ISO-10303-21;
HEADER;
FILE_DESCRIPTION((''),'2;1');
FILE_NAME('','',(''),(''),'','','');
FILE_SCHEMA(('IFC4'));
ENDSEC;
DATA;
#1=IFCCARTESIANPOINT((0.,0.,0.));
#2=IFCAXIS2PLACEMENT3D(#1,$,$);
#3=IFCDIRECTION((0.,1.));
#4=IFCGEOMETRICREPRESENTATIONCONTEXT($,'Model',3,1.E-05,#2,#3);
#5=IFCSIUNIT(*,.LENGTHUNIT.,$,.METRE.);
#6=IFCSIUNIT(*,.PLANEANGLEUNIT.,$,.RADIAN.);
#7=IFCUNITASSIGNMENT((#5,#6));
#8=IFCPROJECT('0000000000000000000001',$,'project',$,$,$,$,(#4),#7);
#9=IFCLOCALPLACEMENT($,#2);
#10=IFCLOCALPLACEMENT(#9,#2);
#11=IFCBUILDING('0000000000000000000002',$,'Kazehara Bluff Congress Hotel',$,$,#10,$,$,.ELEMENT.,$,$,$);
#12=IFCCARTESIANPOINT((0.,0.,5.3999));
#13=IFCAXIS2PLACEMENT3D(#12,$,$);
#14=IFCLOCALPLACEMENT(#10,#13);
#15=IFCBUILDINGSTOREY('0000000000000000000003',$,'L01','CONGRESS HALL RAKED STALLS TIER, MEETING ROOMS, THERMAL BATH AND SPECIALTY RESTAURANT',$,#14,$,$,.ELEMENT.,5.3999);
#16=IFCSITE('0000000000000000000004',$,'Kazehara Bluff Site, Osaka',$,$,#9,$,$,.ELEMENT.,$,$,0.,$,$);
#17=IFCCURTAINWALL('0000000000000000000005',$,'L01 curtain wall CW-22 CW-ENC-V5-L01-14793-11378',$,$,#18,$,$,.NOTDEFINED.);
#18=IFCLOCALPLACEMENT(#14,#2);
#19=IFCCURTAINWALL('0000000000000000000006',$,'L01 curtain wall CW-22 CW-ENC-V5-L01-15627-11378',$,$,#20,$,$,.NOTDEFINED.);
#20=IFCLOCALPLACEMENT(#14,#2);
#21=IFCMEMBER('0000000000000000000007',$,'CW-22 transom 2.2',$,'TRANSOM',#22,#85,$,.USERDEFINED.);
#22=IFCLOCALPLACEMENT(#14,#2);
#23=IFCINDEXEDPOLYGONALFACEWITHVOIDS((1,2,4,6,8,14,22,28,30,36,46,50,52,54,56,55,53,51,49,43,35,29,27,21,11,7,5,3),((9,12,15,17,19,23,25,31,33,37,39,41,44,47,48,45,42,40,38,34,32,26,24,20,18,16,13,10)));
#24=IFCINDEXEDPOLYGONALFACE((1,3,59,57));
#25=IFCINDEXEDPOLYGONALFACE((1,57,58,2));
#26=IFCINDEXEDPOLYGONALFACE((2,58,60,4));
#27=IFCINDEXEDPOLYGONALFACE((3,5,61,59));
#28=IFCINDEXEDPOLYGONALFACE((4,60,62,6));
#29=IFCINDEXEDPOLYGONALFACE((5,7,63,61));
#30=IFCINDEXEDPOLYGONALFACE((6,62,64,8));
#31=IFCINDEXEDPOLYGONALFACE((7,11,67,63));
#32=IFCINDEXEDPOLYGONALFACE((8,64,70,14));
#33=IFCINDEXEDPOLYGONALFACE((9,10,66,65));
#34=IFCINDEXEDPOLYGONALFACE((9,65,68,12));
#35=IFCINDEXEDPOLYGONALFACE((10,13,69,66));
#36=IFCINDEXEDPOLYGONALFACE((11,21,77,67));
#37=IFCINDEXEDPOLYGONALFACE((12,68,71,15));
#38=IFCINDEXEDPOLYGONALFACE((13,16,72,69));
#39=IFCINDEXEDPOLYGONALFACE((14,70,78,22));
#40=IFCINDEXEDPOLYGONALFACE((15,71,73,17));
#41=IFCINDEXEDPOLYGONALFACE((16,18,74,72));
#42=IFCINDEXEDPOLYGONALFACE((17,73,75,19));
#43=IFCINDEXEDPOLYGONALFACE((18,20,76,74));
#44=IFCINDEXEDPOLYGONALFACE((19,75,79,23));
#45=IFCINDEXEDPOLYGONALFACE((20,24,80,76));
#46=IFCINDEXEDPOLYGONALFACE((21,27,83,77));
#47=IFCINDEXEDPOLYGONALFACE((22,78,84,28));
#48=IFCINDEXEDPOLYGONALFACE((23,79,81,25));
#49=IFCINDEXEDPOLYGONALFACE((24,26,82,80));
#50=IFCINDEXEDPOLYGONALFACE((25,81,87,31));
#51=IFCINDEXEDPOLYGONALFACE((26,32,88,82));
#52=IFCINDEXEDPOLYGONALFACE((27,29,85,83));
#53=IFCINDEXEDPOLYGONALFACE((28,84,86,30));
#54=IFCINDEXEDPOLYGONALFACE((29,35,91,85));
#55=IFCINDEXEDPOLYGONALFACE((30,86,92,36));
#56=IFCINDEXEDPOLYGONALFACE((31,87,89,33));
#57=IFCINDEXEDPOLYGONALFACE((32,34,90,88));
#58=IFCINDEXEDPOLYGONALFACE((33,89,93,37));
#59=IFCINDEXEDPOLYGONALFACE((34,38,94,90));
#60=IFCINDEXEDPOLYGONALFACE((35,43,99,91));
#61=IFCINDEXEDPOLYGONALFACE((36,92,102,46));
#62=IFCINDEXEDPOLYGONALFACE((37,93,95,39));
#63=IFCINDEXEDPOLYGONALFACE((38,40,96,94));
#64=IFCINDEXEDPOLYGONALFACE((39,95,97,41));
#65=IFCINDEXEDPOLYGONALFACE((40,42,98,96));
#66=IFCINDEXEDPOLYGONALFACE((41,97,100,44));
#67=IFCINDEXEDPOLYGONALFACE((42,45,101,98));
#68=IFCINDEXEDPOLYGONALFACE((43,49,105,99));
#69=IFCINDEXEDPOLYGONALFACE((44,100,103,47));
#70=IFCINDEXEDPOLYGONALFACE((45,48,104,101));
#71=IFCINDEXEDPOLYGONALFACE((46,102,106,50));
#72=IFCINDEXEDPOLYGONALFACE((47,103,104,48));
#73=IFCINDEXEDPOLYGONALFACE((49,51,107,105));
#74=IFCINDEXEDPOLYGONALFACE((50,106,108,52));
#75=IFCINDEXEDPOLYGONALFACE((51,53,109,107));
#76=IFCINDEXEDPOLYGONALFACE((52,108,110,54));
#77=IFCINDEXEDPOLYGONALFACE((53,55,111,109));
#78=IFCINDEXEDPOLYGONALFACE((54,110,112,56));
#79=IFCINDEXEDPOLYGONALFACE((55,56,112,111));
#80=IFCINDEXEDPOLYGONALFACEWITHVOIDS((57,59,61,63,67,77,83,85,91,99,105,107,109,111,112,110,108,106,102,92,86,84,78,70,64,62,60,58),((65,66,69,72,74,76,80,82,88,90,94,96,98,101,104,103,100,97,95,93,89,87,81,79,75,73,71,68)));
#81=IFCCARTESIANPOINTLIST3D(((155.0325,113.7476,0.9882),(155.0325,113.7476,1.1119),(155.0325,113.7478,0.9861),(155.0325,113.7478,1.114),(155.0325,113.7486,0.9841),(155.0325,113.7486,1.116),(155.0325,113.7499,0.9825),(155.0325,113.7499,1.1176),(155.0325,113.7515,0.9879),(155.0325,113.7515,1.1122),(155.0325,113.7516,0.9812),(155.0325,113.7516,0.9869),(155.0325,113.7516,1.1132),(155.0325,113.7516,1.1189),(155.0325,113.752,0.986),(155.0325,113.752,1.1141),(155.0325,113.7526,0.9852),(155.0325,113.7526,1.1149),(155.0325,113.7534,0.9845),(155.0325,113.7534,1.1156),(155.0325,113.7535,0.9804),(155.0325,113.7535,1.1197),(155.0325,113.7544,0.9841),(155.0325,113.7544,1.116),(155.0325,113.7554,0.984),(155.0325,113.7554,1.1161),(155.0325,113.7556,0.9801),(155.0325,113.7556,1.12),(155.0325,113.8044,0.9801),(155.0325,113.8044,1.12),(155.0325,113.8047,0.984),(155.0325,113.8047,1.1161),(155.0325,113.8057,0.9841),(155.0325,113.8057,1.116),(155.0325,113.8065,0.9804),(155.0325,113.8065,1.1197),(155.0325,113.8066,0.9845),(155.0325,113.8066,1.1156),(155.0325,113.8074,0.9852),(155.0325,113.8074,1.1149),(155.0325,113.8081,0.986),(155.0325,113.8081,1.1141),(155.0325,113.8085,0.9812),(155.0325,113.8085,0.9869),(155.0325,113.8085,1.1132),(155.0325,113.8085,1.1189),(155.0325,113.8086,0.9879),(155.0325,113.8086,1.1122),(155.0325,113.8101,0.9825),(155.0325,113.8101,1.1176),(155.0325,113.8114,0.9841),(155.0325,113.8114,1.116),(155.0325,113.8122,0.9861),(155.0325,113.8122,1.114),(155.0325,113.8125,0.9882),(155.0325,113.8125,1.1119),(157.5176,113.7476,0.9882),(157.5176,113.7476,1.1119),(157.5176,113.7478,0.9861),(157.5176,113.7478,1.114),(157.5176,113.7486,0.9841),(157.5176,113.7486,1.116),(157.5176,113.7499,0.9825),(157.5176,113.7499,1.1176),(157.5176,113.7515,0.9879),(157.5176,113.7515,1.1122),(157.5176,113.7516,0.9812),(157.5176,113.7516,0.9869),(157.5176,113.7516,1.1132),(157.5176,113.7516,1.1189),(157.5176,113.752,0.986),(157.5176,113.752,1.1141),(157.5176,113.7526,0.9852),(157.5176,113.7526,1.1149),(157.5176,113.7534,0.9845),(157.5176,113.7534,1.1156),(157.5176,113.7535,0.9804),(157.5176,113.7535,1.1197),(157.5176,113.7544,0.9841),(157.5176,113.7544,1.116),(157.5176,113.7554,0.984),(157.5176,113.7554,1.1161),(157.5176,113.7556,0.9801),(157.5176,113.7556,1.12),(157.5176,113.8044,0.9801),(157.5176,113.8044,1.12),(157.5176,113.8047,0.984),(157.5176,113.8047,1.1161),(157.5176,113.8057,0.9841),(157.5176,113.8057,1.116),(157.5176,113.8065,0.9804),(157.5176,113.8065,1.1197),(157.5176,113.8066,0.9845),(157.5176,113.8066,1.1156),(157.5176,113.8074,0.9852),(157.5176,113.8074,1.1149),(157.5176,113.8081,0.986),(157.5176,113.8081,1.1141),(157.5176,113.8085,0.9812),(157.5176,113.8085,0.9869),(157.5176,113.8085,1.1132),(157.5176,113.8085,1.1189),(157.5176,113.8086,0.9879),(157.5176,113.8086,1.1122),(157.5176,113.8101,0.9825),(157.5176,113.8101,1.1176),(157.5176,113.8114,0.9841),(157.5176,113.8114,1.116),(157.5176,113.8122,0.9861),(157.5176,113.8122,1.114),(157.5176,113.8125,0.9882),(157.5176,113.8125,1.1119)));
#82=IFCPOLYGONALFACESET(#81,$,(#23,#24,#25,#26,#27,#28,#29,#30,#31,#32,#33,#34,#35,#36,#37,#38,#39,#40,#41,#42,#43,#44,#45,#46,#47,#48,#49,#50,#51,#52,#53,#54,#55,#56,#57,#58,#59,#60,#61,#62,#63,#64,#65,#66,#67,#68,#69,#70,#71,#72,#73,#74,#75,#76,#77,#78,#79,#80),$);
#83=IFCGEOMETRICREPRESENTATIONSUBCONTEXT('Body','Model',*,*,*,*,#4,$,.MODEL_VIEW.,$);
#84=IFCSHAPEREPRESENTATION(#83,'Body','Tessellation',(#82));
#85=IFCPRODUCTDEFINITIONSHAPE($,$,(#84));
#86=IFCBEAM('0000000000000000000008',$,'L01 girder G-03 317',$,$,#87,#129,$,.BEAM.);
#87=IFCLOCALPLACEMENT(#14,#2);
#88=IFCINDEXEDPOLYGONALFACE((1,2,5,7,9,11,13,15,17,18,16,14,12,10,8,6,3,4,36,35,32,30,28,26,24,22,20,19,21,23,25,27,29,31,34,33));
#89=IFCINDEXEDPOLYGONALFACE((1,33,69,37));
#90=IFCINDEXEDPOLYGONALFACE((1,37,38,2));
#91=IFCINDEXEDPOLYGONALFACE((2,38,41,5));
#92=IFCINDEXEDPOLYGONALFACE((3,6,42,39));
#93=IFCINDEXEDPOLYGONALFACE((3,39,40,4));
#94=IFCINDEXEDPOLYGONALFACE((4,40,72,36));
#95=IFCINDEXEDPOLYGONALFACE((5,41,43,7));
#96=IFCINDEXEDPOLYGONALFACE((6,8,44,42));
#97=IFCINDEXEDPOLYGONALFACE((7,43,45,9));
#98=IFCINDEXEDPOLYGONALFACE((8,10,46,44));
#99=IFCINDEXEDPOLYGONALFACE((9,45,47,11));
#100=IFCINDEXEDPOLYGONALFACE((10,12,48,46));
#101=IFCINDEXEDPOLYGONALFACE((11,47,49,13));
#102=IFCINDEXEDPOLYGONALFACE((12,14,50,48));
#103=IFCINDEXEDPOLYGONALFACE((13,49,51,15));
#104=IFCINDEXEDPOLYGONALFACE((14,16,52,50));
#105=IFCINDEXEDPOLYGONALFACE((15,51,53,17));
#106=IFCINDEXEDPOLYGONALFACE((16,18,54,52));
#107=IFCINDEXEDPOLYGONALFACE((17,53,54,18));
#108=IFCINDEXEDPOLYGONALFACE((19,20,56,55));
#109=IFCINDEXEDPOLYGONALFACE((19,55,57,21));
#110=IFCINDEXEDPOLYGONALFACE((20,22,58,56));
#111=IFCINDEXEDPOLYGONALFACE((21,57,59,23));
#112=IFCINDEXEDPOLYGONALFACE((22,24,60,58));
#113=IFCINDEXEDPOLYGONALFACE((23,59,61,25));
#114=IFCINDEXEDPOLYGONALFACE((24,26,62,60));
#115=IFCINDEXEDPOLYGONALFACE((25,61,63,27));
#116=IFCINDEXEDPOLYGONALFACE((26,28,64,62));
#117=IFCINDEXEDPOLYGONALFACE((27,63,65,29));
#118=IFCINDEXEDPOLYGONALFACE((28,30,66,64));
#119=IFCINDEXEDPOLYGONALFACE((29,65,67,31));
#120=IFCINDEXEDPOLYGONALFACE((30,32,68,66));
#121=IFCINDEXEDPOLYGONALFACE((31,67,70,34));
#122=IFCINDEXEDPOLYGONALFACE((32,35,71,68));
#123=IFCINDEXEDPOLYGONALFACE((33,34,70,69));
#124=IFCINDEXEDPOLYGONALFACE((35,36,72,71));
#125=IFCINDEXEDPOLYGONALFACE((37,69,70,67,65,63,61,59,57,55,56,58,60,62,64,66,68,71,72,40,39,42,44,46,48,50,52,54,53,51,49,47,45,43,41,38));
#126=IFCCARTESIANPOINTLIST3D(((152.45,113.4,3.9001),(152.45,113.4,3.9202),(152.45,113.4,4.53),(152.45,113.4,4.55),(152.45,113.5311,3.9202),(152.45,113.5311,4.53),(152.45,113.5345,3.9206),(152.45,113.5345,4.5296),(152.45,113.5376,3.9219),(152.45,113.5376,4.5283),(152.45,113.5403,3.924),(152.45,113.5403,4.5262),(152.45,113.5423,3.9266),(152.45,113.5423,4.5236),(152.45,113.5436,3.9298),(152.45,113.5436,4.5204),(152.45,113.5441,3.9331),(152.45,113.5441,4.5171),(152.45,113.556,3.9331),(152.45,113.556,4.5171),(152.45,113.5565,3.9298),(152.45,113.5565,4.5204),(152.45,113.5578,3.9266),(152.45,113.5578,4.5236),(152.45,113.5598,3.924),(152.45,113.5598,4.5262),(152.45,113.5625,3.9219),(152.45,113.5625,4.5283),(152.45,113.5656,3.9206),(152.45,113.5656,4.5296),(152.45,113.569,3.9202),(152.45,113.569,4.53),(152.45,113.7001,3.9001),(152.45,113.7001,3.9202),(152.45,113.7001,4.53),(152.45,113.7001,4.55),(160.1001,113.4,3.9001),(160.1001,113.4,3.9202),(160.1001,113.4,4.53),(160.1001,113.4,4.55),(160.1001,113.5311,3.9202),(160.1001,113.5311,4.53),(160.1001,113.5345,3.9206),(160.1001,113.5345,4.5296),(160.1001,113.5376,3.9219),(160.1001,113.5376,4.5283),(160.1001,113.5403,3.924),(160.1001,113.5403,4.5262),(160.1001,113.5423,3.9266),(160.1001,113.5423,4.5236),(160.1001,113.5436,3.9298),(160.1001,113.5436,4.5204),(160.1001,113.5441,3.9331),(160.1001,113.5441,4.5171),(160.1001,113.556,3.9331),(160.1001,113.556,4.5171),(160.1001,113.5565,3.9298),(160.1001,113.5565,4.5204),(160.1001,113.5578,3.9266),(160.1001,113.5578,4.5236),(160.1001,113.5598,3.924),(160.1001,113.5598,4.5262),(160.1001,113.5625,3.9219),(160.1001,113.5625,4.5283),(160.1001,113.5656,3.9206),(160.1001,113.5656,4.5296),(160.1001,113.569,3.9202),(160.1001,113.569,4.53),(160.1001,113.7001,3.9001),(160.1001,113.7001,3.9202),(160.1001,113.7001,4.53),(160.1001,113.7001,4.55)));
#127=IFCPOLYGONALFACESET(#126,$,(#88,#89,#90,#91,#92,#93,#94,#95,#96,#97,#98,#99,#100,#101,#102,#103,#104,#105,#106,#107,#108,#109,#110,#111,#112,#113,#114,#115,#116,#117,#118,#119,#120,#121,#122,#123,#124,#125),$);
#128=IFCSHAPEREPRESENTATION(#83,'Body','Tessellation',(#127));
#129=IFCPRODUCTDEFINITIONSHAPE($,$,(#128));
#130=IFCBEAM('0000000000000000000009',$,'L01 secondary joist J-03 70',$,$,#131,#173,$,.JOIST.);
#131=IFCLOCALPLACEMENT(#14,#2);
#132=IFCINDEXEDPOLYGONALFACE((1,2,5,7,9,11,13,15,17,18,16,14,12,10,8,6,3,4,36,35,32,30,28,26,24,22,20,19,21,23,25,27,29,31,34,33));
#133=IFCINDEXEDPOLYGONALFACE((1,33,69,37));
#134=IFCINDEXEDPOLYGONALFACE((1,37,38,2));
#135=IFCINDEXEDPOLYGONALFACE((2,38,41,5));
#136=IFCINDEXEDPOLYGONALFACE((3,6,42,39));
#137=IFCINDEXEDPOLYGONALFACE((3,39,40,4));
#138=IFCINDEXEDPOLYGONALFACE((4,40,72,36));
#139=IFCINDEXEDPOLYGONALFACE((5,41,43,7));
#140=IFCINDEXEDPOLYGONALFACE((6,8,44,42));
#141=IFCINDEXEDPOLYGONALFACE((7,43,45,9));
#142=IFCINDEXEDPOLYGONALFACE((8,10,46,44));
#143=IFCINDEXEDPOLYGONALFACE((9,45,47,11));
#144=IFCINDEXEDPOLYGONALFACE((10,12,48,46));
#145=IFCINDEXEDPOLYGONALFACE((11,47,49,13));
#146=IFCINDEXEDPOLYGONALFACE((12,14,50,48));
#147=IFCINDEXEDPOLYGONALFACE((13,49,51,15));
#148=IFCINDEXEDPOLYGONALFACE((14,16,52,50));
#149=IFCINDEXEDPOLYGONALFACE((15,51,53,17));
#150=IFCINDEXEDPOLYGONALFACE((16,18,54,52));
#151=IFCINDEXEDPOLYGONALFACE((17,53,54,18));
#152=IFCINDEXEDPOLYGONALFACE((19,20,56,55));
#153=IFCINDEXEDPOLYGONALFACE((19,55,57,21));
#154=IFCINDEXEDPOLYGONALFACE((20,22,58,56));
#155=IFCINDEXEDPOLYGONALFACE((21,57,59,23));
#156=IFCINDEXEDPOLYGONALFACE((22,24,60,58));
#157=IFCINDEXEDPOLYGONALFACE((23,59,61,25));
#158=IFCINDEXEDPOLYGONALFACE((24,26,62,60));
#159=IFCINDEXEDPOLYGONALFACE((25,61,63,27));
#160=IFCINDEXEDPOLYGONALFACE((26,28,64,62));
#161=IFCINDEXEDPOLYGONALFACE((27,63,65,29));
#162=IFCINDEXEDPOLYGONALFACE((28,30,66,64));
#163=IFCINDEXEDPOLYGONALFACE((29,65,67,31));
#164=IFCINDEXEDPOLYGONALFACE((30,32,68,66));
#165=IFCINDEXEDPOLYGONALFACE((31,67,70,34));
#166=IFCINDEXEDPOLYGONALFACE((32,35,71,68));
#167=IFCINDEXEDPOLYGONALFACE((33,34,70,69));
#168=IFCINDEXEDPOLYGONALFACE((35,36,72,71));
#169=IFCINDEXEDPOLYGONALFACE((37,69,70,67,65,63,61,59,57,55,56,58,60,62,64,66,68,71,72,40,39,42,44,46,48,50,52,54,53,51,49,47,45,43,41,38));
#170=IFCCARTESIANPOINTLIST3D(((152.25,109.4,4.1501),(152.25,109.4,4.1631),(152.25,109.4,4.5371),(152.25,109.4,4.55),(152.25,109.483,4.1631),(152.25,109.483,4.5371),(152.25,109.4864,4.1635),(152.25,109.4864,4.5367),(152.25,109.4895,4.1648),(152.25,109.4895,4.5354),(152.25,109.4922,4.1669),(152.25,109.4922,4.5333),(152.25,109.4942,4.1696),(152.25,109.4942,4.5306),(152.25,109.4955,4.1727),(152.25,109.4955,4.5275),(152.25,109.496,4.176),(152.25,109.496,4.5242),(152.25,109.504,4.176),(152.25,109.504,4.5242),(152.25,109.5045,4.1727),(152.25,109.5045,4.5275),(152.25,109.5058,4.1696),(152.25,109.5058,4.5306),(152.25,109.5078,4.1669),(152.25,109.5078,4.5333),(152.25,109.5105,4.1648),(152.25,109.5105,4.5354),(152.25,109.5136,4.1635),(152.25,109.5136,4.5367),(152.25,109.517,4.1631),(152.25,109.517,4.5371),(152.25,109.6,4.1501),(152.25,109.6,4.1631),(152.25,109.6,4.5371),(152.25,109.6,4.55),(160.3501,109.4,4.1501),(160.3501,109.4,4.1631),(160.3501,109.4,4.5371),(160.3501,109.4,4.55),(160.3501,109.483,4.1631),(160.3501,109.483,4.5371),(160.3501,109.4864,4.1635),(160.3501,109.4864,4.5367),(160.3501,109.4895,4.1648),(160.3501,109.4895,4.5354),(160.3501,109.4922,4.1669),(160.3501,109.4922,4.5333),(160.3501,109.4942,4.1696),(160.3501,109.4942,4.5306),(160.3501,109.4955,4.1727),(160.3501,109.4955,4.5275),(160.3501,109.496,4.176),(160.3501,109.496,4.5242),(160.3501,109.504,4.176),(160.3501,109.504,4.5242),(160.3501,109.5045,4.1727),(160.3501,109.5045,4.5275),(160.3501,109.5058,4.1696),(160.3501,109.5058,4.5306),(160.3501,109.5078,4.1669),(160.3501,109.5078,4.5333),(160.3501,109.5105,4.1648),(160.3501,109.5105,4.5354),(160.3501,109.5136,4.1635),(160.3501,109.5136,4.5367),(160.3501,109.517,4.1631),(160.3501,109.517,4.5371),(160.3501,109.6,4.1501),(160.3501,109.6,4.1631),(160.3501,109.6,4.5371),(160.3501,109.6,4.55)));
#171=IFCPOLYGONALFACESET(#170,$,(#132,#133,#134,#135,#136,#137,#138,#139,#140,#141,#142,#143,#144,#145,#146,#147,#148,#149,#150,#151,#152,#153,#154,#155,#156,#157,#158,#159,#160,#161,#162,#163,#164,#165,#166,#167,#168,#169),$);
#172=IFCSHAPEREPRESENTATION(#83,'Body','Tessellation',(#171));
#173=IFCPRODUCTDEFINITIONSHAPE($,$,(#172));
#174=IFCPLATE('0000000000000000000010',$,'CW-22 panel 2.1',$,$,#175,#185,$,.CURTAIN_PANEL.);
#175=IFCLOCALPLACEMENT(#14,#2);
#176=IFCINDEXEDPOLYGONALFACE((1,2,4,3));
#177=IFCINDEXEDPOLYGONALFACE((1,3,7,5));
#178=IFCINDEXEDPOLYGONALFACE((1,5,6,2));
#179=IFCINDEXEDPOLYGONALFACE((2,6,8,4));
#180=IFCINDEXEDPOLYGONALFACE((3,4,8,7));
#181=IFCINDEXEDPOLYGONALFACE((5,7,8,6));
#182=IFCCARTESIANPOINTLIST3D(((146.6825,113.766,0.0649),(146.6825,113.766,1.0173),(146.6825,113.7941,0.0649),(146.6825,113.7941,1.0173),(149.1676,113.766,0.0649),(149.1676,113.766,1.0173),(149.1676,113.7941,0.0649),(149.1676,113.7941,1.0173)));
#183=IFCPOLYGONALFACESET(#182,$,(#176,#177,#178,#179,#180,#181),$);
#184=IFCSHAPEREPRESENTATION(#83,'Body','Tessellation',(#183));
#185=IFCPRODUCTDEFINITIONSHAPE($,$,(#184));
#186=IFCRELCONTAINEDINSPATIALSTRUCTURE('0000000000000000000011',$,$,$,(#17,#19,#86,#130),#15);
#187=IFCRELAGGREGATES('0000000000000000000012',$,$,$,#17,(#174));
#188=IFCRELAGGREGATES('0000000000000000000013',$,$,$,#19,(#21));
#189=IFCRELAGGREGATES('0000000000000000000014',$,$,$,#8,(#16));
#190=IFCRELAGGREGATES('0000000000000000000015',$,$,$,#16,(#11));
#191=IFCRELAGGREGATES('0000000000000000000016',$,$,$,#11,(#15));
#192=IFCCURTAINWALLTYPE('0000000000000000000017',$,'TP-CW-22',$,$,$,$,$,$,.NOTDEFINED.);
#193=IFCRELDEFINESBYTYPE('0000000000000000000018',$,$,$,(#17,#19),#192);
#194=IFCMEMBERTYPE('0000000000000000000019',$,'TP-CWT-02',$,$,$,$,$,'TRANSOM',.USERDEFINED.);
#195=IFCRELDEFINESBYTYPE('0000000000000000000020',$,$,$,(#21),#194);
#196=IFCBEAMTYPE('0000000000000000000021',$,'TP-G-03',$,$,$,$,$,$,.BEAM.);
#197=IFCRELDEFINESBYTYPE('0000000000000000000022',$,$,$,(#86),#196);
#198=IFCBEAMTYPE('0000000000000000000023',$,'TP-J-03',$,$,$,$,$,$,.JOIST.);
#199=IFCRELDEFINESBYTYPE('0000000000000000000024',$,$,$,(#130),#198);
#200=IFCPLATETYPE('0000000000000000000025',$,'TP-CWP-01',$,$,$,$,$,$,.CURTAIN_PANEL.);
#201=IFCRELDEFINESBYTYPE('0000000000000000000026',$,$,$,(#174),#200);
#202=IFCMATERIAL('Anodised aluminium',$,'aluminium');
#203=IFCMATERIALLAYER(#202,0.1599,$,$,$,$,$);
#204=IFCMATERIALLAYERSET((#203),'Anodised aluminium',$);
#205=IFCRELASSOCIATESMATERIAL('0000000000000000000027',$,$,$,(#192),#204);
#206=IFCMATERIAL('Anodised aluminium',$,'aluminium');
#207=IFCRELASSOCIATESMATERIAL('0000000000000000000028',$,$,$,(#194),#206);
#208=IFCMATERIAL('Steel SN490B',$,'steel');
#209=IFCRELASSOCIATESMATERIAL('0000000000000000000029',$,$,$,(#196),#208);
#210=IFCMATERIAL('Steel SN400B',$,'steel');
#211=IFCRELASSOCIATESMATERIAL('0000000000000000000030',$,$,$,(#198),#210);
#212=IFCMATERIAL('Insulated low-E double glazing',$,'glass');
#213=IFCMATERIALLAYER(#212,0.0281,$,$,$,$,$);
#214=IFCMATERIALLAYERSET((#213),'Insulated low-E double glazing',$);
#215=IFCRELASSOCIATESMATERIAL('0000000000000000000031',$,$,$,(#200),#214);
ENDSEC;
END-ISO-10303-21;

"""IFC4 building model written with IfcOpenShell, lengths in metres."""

from ifc_helpers import new_model, si_unit, direction, frame, origin, origin_2d, place, context, subcontext, project, spatial, rectangle, hollow_rectangle, i_section, extrude, material, layer, layer_set, material_profile, profile_set, type_object, element, aggregate, save


model = new_model("IFC4")

# Units and contexts
model_context = context("Model", 3, precision=1e-05, world=origin(), true_north=direction((0.0, 1.0)))
body_context = subcontext(model_context, "Body", "Model", "MODEL_VIEW")
ifc_project = project(units=[si_unit("LENGTHUNIT", "METRE"), si_unit("PLANEANGLEUNIT", "RADIAN")], contexts=[model_context])

# Site, building, storey
site_placement = place(None, origin())
site = spatial("IfcSite", under=ifc_project, at=site_placement, Name="Kazehara Bluff Site, Osaka", CompositionType="ELEMENT", RefElevation=0.0)
building_placement = place(site_placement, origin())
building = spatial("IfcBuilding", under=site, at=building_placement, Name="Kazehara Bluff Congress Hotel", CompositionType="ELEMENT")
storey_placement = place(building_placement, frame((0.0, 0.0, 5.3999)))
storey = spatial("IfcBuildingStorey", under=building, at=storey_placement, Name="L01", Description="CONGRESS HALL RAKED STALLS TIER, MEETING ROOMS, THERMAL BATH AND SPECIALTY RESTAURANT", CompositionType="ELEMENT", Elevation=5.3999)

# Curtain walls
ifc_material_1 = material(Name="Anodised aluminium", Category="aluminium")
ifc_layer_1 = layer(ifc_material_1, 0.1599)
ifc_layer_set_1 = layer_set([ifc_layer_1], Name="Anodised aluminium")
curtain_wall_type = type_object("IfcCurtainWallType", Name="TP-CW-22", PredefinedType="NOTDEFINED", material=ifc_layer_set_1)
curtain_wall_1_placement = place(storey_placement, origin())
curtain_wall_1 = element("IfcCurtainWall", 1, at=curtain_wall_1_placement, inside=storey, type_object=curtain_wall_type, Name="L01 curtain wall CW-22 CW-ENC-V5-L01-14793-11378", PredefinedType="NOTDEFINED")
curtain_wall_2_placement = place(storey_placement, origin())
curtain_wall_2 = element("IfcCurtainWall", 2, at=curtain_wall_2_placement, inside=storey, type_object=curtain_wall_type, Name="L01 curtain wall CW-22 CW-ENC-V5-L01-15627-11378", PredefinedType="NOTDEFINED")

# Member
ifc_material_2 = material(Name="Anodised aluminium", Category="aluminium")
ifc_material_profile_1 = material_profile(ifc_material_2, hollow_rectangle(XDim=0.0649, YDim=0.1399, WallThickness=0.0039, InnerFilletRadius=0.0039, OuterFilletRadius=0.0081, at=origin_2d()))
ifc_profile_set_1 = profile_set([ifc_material_profile_1], Name="Anodised aluminium")
member_type_1 = type_object("IfcMemberType", Name="TP-CWT-02", ElementType="TRANSOM", PredefinedType="USERDEFINED", material=ifc_profile_set_1)
member_1_placement = place(storey_placement, frame((155.0325, 113.78, 1.05), z_axis=(1.0, 0.0, 0.0), x_axis=(0.0, 1.0, 0.0)))
member_1 = element("IfcMember", 3, at=member_1_placement, type_object=member_type_1, Name="CW-22 transom 2.2", ObjectType="TRANSOM", PredefinedType="USERDEFINED", context=body_context, shape_type="SweptSolid", body=[
    extrude(hollow_rectangle(XDim=0.0649, YDim=0.1399, WallThickness=0.0039, InnerFilletRadius=0.0039, OuterFilletRadius=0.0081, at=origin_2d()), origin(), (0.0, 0.0, 1.0), 2.4851),
])

# Beams
ifc_material_3 = material(Name="Steel SN490B", Category="steel")
ifc_material_profile_2 = material_profile(ifc_material_3, i_section(OverallWidth=0.3, OverallDepth=0.6499, WebThickness=0.012, FlangeThickness=0.02, FilletRadius=0.0129, at=origin_2d()))
ifc_profile_set_2 = profile_set([ifc_material_profile_2], Name="Steel SN490B")
beam_type_1 = type_object("IfcBeamType", Name="TP-G-03", PredefinedType="BEAM", material=ifc_profile_set_2)
beam_1_placement = place(storey_placement, frame((152.45, 113.55, 4.2251), z_axis=(1.0, 0.0, 0.0), x_axis=(0.0, 1.0, 0.0)))
element("IfcBeam", 4, at=beam_1_placement, inside=storey, type_object=beam_type_1, Name="L01 girder G-03 317", PredefinedType="BEAM", context=body_context, shape_type="SweptSolid", body=[
    extrude(i_section(OverallWidth=0.3, OverallDepth=0.6499, WebThickness=0.012, FlangeThickness=0.02, FilletRadius=0.0129, at=origin_2d()), origin(), (0.0, 0.0, 1.0), 7.6501),
])
ifc_material_4 = material(Name="Steel SN400B", Category="steel")
ifc_material_profile_3 = material_profile(ifc_material_4, i_section(OverallWidth=0.2, OverallDepth=0.3999, WebThickness=0.0081, FlangeThickness=0.0129, FilletRadius=0.0129, at=origin_2d()))
ifc_profile_set_3 = profile_set([ifc_material_profile_3], Name="Steel SN400B")
beam_type_2 = type_object("IfcBeamType", Name="TP-J-03", PredefinedType="JOIST", material=ifc_profile_set_3)
beam_2_placement = place(storey_placement, frame((152.25, 109.5, 4.3501), z_axis=(1.0, 0.0, 0.0), x_axis=(0.0, 1.0, 0.0)))
element("IfcBeam", 5, at=beam_2_placement, inside=storey, type_object=beam_type_2, Name="L01 secondary joist J-03 70", PredefinedType="JOIST", context=body_context, shape_type="SweptSolid", body=[
    extrude(i_section(OverallWidth=0.2, OverallDepth=0.3999, WebThickness=0.0081, FlangeThickness=0.0129, FilletRadius=0.0129, at=origin_2d()), origin(), (0.0, 0.0, 1.0), 8.1001),
])

# Plate
ifc_material_5 = material(Name="Insulated low-E double glazing", Category="glass")
ifc_layer_2 = layer(ifc_material_5, 0.0281)
ifc_layer_set_2 = layer_set([ifc_layer_2], Name="Insulated low-E double glazing")
plate_type = type_object("IfcPlateType", Name="TP-CWP-01", PredefinedType="CURTAIN_PANEL", material=ifc_layer_set_2)
plate_1_placement = place(storey_placement, frame((147.925, 113.78, 0.0649), z_axis=(0.0, 0.0, 1.0), x_axis=(1.0, 0.0, 0.0)))
plate_1 = element("IfcPlate", 6, at=plate_1_placement, type_object=plate_type, Name="CW-22 panel 2.1", PredefinedType="CURTAIN_PANEL", context=body_context, shape_type="SweptSolid", body=[
    extrude(rectangle(XDim=2.4851, YDim=0.0281, at=origin_2d()), origin(), (0.0, 0.0, 1.0), 0.9524),
])
aggregate(curtain_wall_1, [plate_1])
aggregate(curtain_wall_2, [member_1])

save(model, "model.ifc")
